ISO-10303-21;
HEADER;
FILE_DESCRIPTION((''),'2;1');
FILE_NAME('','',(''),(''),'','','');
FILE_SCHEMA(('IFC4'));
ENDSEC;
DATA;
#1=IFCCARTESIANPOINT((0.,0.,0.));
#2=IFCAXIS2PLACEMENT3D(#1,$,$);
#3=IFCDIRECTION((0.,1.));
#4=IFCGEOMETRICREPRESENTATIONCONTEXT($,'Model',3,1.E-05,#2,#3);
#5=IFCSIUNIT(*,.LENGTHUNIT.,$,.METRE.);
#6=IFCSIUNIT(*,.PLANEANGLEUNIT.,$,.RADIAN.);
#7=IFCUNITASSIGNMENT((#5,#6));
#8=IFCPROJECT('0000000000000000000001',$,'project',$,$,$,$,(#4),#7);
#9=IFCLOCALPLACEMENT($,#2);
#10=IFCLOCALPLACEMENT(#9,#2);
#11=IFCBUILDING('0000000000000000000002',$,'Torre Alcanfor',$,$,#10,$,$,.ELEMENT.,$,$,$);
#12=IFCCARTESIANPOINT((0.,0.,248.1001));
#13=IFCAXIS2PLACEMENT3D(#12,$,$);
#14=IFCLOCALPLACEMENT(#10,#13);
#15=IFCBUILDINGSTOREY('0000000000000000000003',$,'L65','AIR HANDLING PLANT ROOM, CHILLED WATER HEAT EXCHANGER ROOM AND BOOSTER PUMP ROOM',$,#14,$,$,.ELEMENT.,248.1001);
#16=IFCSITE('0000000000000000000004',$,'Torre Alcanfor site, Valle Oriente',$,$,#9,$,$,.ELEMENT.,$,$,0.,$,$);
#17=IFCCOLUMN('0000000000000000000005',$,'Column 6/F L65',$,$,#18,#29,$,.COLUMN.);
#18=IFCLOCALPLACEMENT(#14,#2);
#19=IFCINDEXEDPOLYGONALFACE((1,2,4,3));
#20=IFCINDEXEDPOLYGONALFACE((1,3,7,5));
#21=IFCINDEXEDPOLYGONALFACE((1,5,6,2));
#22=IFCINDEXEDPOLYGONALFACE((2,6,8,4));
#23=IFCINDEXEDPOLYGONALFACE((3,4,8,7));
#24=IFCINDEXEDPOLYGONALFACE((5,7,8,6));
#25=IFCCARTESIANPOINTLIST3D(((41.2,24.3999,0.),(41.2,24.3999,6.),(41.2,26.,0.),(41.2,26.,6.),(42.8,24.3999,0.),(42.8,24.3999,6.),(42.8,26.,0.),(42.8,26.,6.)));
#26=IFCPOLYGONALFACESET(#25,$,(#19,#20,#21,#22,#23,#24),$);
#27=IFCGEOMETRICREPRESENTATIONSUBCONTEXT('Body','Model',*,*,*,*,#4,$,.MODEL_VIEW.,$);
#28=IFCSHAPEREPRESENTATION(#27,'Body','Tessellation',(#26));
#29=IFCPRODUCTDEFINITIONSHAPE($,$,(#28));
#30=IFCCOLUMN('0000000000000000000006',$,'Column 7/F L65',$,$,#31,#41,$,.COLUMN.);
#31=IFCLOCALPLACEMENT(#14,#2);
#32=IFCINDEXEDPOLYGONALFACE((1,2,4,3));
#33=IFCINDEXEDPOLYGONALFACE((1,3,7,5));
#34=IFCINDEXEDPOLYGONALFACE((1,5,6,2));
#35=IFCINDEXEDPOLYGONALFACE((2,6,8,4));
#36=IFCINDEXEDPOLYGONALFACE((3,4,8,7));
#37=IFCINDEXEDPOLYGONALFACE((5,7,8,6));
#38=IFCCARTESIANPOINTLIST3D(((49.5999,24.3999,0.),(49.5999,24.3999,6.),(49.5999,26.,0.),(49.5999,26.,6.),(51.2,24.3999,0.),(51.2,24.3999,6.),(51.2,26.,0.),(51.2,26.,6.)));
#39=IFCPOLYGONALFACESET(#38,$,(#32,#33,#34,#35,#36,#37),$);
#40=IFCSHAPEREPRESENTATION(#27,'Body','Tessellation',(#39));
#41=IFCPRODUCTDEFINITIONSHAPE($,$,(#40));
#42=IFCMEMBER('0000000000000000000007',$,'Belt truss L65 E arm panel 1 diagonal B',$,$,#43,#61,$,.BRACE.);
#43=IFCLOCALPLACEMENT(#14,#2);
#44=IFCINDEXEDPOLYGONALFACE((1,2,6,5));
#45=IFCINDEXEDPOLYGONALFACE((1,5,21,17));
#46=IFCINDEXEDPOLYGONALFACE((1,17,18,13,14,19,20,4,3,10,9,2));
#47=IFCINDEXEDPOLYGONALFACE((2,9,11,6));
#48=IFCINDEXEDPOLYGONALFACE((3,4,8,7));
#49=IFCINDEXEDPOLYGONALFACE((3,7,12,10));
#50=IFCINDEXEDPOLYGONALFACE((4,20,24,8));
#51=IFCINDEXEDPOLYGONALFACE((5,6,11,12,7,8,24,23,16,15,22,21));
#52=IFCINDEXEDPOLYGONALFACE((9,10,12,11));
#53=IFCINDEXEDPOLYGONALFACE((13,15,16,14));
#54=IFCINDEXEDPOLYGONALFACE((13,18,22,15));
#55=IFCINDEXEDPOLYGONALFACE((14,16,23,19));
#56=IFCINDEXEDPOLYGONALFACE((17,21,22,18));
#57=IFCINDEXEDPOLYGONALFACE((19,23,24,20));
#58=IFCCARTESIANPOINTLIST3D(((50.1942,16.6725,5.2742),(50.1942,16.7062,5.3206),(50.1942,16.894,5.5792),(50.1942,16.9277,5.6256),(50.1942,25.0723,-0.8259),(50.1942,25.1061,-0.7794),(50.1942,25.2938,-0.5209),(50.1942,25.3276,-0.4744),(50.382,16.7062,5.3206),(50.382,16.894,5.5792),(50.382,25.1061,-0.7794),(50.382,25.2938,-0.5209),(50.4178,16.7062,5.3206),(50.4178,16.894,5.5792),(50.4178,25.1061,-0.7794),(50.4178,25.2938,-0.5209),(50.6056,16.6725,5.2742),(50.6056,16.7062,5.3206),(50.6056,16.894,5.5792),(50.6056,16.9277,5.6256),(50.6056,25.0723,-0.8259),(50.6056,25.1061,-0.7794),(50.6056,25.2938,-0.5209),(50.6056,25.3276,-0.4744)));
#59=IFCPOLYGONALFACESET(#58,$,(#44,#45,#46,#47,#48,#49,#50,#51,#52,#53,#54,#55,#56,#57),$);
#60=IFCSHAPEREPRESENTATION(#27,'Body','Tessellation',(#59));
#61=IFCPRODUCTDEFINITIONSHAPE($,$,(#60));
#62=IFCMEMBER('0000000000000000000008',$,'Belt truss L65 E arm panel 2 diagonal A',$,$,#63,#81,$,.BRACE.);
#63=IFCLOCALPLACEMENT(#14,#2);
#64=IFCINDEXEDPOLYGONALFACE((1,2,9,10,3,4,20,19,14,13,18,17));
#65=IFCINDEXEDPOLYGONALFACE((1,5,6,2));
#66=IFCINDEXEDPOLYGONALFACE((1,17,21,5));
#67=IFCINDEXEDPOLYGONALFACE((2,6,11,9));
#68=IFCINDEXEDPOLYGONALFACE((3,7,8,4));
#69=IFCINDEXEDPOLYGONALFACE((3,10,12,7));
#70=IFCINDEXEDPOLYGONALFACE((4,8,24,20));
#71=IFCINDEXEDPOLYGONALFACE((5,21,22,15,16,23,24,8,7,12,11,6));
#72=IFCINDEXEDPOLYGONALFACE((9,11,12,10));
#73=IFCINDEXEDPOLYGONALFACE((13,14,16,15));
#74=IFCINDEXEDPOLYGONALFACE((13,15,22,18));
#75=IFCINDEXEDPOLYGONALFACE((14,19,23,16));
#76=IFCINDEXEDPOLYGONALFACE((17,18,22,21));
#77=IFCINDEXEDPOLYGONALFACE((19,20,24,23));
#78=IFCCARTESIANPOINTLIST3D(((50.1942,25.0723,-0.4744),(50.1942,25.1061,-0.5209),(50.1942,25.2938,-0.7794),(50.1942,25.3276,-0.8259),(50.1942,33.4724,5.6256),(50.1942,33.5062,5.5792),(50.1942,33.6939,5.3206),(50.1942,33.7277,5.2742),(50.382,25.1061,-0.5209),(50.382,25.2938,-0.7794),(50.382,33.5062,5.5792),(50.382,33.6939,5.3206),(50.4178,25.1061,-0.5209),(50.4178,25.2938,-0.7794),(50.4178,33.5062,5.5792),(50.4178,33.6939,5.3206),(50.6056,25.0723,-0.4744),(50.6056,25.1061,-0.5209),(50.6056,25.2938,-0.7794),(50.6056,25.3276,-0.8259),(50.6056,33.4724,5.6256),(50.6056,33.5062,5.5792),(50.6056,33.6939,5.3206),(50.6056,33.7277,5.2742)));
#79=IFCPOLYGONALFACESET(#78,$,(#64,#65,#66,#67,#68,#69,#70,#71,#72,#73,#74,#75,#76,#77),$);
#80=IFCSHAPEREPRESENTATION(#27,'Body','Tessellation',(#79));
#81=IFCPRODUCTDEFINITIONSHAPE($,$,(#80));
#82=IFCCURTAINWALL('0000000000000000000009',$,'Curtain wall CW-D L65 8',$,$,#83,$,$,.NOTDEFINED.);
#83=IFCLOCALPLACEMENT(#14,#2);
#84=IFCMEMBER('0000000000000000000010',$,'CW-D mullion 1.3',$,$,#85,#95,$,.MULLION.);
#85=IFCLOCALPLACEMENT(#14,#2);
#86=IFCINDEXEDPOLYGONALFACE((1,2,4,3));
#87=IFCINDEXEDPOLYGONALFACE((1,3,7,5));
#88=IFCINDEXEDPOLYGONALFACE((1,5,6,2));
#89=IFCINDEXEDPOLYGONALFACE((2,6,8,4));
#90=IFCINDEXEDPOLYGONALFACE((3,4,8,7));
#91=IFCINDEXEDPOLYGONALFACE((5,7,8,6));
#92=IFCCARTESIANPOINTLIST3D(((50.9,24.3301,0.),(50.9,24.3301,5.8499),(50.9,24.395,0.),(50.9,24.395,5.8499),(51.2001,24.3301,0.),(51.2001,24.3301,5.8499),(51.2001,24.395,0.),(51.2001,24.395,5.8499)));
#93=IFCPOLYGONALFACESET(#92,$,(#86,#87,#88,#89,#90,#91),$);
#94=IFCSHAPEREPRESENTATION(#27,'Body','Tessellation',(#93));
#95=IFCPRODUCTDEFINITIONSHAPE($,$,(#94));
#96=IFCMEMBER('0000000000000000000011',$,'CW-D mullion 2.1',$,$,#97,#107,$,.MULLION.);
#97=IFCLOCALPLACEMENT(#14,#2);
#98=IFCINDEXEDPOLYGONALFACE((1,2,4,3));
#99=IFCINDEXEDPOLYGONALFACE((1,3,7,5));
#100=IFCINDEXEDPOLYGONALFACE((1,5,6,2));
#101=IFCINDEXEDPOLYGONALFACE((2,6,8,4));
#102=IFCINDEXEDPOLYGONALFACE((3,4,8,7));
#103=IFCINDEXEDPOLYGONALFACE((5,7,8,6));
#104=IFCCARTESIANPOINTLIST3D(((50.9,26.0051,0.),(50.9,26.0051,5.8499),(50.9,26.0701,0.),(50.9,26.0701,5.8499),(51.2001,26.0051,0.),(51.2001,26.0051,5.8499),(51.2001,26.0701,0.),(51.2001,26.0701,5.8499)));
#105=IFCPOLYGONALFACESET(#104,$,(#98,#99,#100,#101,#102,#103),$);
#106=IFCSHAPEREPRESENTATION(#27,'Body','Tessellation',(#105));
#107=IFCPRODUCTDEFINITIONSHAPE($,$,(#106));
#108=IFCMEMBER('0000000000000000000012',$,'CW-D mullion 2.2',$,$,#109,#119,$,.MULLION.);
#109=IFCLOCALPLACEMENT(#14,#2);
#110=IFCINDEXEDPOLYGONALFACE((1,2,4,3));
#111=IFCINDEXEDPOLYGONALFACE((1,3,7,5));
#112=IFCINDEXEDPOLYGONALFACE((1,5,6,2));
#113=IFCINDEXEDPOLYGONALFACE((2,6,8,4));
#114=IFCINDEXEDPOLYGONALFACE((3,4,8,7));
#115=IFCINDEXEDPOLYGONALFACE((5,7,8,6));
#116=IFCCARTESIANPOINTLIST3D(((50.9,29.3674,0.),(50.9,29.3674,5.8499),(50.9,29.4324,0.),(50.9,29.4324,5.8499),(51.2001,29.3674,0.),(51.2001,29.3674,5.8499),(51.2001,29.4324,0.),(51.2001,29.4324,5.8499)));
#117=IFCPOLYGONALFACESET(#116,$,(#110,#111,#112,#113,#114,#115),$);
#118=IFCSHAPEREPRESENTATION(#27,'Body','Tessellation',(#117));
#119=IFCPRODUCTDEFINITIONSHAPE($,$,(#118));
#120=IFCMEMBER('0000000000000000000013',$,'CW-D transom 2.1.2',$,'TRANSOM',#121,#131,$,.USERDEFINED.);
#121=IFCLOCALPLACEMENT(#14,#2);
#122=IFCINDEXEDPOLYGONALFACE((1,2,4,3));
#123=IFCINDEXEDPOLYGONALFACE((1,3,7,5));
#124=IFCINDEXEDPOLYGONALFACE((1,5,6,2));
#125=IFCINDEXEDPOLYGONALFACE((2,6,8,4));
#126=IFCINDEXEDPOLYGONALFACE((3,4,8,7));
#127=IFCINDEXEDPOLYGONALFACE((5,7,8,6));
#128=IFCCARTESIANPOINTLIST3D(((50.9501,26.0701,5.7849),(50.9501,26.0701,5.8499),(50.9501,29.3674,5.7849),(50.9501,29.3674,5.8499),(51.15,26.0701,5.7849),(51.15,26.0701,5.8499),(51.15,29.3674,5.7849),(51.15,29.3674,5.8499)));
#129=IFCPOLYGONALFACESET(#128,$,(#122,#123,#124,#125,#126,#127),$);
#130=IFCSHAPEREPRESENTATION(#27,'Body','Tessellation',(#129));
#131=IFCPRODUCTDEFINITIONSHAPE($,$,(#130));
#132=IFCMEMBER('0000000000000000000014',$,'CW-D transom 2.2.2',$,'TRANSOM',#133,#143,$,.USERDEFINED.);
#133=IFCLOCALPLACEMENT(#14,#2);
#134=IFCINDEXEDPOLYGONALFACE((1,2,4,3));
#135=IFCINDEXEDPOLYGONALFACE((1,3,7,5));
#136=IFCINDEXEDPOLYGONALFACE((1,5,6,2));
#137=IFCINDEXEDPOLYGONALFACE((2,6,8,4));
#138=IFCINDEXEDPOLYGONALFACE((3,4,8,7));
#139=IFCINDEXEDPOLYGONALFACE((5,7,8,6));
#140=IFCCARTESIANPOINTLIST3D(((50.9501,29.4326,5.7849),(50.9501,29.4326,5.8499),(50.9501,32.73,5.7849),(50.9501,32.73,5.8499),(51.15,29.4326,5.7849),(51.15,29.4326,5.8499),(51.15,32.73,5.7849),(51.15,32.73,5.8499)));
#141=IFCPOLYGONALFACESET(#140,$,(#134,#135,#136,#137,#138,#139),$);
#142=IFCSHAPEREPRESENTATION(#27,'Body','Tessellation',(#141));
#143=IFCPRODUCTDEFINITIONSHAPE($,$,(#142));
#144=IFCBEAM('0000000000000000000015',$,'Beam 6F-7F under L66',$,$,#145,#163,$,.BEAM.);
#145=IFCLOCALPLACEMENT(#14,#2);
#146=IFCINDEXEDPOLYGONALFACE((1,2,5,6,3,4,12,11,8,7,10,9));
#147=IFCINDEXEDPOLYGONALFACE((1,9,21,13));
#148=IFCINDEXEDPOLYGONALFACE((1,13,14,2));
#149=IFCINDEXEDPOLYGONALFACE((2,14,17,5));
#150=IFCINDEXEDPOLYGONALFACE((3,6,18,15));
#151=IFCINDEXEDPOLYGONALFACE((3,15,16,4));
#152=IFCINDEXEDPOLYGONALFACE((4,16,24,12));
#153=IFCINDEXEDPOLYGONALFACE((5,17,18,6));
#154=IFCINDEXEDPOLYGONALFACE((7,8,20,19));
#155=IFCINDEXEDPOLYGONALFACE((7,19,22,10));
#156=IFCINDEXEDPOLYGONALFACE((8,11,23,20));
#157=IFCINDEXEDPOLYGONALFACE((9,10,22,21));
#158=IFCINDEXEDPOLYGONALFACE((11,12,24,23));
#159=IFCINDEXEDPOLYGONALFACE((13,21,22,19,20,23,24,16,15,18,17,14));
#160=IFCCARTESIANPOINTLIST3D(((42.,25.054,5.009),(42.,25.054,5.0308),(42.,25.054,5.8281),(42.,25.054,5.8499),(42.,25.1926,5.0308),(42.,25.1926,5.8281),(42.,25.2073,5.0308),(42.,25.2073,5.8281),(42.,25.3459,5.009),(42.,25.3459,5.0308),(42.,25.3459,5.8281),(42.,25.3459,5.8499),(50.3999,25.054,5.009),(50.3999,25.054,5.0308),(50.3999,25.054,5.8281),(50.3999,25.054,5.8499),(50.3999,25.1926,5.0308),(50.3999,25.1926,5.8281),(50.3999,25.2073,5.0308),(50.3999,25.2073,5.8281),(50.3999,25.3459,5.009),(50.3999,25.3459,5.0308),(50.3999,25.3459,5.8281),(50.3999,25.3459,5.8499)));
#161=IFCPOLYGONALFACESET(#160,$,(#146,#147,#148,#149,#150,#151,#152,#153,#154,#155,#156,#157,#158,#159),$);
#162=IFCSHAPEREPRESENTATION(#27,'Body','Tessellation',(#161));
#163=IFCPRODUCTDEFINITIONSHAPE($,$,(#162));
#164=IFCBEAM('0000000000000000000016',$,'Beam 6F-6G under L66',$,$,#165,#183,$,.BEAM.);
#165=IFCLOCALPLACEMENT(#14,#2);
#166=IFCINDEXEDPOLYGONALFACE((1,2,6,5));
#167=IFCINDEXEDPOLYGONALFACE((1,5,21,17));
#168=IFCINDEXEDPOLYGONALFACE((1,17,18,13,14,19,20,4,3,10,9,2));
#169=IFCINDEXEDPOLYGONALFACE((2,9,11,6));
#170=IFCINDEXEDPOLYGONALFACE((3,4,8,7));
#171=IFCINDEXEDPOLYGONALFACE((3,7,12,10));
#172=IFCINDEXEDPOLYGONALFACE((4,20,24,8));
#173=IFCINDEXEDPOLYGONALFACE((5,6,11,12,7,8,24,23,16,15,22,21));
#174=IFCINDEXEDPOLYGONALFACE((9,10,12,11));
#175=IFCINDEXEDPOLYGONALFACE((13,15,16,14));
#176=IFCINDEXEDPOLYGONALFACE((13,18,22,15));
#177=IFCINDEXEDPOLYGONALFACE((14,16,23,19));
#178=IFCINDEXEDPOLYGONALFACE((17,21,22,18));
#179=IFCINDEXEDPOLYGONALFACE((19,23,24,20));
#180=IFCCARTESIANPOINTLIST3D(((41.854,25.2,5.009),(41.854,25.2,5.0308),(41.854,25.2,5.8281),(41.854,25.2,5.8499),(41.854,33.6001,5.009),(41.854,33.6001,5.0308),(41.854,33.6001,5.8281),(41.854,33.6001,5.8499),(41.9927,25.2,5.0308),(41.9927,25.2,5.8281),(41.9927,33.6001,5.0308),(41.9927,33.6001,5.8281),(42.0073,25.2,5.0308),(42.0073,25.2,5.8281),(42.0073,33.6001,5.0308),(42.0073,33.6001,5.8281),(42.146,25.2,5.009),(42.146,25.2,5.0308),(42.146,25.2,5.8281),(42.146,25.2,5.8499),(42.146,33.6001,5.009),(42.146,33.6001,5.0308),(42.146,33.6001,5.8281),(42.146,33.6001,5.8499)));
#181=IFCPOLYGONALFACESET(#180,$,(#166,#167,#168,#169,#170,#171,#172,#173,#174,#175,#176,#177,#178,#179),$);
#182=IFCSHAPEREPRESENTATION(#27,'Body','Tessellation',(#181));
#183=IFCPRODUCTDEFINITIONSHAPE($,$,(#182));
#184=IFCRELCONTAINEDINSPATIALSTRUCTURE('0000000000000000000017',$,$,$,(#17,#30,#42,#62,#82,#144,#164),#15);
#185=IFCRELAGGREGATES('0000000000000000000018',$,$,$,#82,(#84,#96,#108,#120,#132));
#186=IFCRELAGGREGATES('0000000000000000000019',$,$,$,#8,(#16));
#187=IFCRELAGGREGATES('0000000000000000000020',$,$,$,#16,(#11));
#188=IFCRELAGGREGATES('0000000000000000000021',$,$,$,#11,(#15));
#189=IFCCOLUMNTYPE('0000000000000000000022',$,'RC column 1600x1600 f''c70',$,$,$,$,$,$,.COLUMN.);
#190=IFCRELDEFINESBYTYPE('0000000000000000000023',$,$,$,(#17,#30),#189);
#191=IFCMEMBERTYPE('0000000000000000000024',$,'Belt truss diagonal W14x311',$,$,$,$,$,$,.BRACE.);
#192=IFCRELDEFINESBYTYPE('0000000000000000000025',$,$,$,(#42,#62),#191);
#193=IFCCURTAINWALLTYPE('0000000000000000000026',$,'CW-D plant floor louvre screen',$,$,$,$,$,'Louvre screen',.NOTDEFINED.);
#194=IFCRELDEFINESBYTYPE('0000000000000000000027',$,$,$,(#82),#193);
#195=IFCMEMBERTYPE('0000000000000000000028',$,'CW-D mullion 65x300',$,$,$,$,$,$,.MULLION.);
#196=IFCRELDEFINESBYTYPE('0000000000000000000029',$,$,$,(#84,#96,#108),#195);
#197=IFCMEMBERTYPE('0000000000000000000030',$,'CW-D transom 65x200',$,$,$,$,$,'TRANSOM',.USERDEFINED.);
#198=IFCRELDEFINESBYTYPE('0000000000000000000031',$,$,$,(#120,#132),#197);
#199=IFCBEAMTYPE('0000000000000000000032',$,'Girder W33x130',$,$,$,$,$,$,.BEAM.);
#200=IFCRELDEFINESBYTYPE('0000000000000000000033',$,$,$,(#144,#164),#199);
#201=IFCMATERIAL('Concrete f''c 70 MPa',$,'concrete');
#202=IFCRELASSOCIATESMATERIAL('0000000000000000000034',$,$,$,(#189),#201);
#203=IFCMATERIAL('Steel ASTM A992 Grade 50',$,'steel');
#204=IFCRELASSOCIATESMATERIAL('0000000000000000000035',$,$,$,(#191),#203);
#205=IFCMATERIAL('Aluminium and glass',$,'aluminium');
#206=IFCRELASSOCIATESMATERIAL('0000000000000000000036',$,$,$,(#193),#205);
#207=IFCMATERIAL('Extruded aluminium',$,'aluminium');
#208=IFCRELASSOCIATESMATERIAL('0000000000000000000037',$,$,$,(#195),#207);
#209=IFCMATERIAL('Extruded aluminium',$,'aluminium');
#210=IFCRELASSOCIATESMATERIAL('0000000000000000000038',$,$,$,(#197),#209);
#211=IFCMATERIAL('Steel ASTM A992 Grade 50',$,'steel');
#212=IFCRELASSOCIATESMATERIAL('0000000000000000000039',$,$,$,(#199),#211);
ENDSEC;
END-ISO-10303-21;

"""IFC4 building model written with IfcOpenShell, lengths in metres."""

from ifc_helpers import new_model, si_unit, direction, frame, origin, origin_2d, place, context, subcontext, project, spatial, rectangle, i_section, extrude, material, material_profile, profile_set, type_object, element, aggregate, save


model = new_model("IFC4")

# Units and contexts
model_context = context("Model", 3, precision=1e-05, world=origin(), true_north=direction((0.0, 1.0)))
body_context = subcontext(model_context, "Body", "Model", "MODEL_VIEW")
ifc_project = project(units=[si_unit("LENGTHUNIT", "METRE"), si_unit("PLANEANGLEUNIT", "RADIAN")], contexts=[model_context])

# Site, building, storey
site_placement = place(None, origin())
site = spatial("IfcSite", under=ifc_project, at=site_placement, Name="Torre Alcanfor site, Valle Oriente", CompositionType="ELEMENT", RefElevation=0.0)
building_placement = place(site_placement, origin())
building = spatial("IfcBuilding", under=site, at=building_placement, Name="Torre Alcanfor", CompositionType="ELEMENT")
storey_placement = place(building_placement, frame((0.0, 0.0, 248.1001)))
storey = spatial("IfcBuildingStorey", under=building, at=storey_placement, Name="L65", Description="AIR HANDLING PLANT ROOM, CHILLED WATER HEAT EXCHANGER ROOM AND BOOSTER PUMP ROOM", CompositionType="ELEMENT", Elevation=248.1001)

# Columns
ifc_material_1 = material(Name="Concrete f'c 70 MPa", Category="concrete")
ifc_material_profile_1 = material_profile(ifc_material_1, rectangle(XDim=1.6001, YDim=1.6001, at=origin_2d()), Name="1600x1600")
ifc_profile_set_1 = profile_set([ifc_material_profile_1], Name="Concrete f'c 70 MPa")
column_type = type_object("IfcColumnType", Name="RC column 1600x1600 f'c70", PredefinedType="COLUMN", material=ifc_profile_set_1)
for number, where, z_axis, x_axis, name in (
    (1, (42.0, 25.2, 0.0), (0.0, 0.0, 1.0), (1.0, 0.0, 0.0), "Column 6/F L65"),
    (2, (50.3999, 25.2, 0.0), (0.0, 0.0, 1.0), (1.0, 0.0, 0.0), "Column 7/F L65"),
):
    element("IfcColumn", number, at=place(storey_placement, frame(where, z_axis=z_axis, x_axis=x_axis)), inside=storey, type_object=column_type, Name=name, PredefinedType="COLUMN", context=body_context, shape_type="SweptSolid", body=[
        extrude(rectangle(XDim=1.6001, YDim=1.6001, at=origin_2d()), origin(), (0.0, 0.0, 1.0), 6.0),
    ])

# Members
ifc_material_2 = material(Name="Steel ASTM A992 Grade 50", Category="steel")
ifc_material_profile_2 = material_profile(ifc_material_2, i_section(OverallWidth=0.4114, OverallDepth=0.4343, WebThickness=0.0359, FlangeThickness=0.0574, at=origin_2d()), Name="W14x311")
ifc_profile_set_2 = profile_set([ifc_material_profile_2], Name="Steel ASTM A992 Grade 50")
member_type_1 = type_object("IfcMemberType", Name="Belt truss diagonal W14x311", PredefinedType="BRACE", material=ifc_profile_set_2)
member_1_placement = place(storey_placement, frame((50.3999, 25.2, -0.6501), z_axis=(0.0, -0.809145, 0.587609), x_axis=(1.0, 0.0, 0.0)))
element("IfcMember", 3, at=member_1_placement, inside=storey, type_object=member_type_1, Name="Belt truss L65 E arm panel 1 diagonal B", PredefinedType="BRACE", context=body_context, shape_type="SweptSolid", body=[
    extrude(i_section(OverallWidth=0.4114, OverallDepth=0.4343, WebThickness=0.0359, FlangeThickness=0.0574, at=origin_2d()), origin(), (0.0, 0.0, 1.0), 10.3811),
])
member_2_placement = place(storey_placement, frame((50.3999, 25.2, -0.6501), z_axis=(0.0, 0.809153, 0.587598), x_axis=(-1.0, 0.0, 0.0)))
element("IfcMember", 4, at=member_2_placement, inside=storey, type_object=member_type_1, Name="Belt truss L65 E arm panel 2 diagonal A", PredefinedType="BRACE", context=body_context, shape_type="SweptSolid", body=[
    extrude(i_section(OverallWidth=0.4114, OverallDepth=0.4343, WebThickness=0.0359, FlangeThickness=0.0574, at=origin_2d()), origin(), (0.0, 0.0, 1.0), 10.3813),
])

# Curtain wall, members
ifc_material_3 = material(Name="Aluminium and glass", Category="aluminium")
curtain_wall_type = type_object("IfcCurtainWallType", Name="CW-D plant floor louvre screen", ElementType="Louvre screen", PredefinedType="NOTDEFINED", material=ifc_material_3)
curtain_wall_placement = place(storey_placement, origin())
curtain_wall = element("IfcCurtainWall", 5, at=curtain_wall_placement, inside=storey, type_object=curtain_wall_type, Name="Curtain wall CW-D L65 8", PredefinedType="NOTDEFINED")
ifc_material_4 = material(Name="Extruded aluminium", Category="aluminium")
ifc_material_profile_3 = material_profile(ifc_material_4, rectangle(XDim=0.3, YDim=0.0649, at=origin_2d()), Name="CW-D mullion 65x300")
ifc_profile_set_3 = profile_set([ifc_material_profile_3], Name="Extruded aluminium")
member_type_2 = type_object("IfcMemberType", Name="CW-D mullion 65x300", PredefinedType="MULLION", material=ifc_profile_set_3)
member_3_placement = place(storey_placement, frame((51.05, 24.3625, 0.0), z_axis=(0.0, 0.0, 1.0), x_axis=(-1.0, 0.0, 0.0)))
member_3 = element("IfcMember", 6, at=member_3_placement, type_object=member_type_2, Name="CW-D mullion 1.3", PredefinedType="MULLION", context=body_context, shape_type="SweptSolid", body=[
    extrude(rectangle(XDim=0.3, YDim=0.0649, at=origin_2d()), origin(), (0.0, 0.0, 1.0), 5.8499),
])
member_4_placement = place(storey_placement, frame((51.05, 26.0376, 0.0), z_axis=(0.0, 0.0, 1.0), x_axis=(-1.0, 0.0, 0.0)))
member_4 = element("IfcMember", 7, at=member_4_placement, type_object=member_type_2, Name="CW-D mullion 2.1", PredefinedType="MULLION", context=body_context, shape_type="SweptSolid", body=[
    extrude(rectangle(XDim=0.3, YDim=0.0649, at=origin_2d()), origin(), (0.0, 0.0, 1.0), 5.8499),
])
member_5_placement = place(storey_placement, frame((51.05, 29.3999, 0.0), z_axis=(0.0, 0.0, 1.0), x_axis=(-1.0, 0.0, 0.0)))
member_5 = element("IfcMember", 8, at=member_5_placement, type_object=member_type_2, Name="CW-D mullion 2.2", PredefinedType="MULLION", context=body_context, shape_type="SweptSolid", body=[
    extrude(rectangle(XDim=0.3, YDim=0.0649, at=origin_2d()), origin(), (0.0, 0.0, 1.0), 5.8499),
])
ifc_material_5 = material(Name="Extruded aluminium", Category="aluminium")
ifc_material_profile_4 = material_profile(ifc_material_5, rectangle(XDim=0.2, YDim=0.0649, at=origin_2d()), Name="CW-D transom 200x65")
ifc_profile_set_4 = profile_set([ifc_material_profile_4], Name="Extruded aluminium")
member_type_3 = type_object("IfcMemberType", Name="CW-D transom 65x200", ElementType="TRANSOM", PredefinedType="USERDEFINED", material=ifc_profile_set_4)
member_6_placement = place(storey_placement, frame((51.05, 26.0701, 5.8174), z_axis=(0.0, 1.0, 0.0), x_axis=(-1.0, 0.0, 0.0)))
member_6 = element("IfcMember", 9, at=member_6_placement, type_object=member_type_3, Name="CW-D transom 2.1.2", ObjectType="TRANSOM", PredefinedType="USERDEFINED", context=body_context, shape_type="SweptSolid", body=[
    extrude(rectangle(XDim=0.2, YDim=0.0649, at=origin_2d()), origin(), (0.0, 0.0, 1.0), 3.2974),
])
member_7_placement = place(storey_placement, frame((51.05, 29.4326, 5.8174), z_axis=(0.0, 1.0, 0.0), x_axis=(-1.0, 0.0, 0.0)))
member_7 = element("IfcMember", 10, at=member_7_placement, type_object=member_type_3, Name="CW-D transom 2.2.2", ObjectType="TRANSOM", PredefinedType="USERDEFINED", context=body_context, shape_type="SweptSolid", body=[
    extrude(rectangle(XDim=0.2, YDim=0.0649, at=origin_2d()), origin(), (0.0, 0.0, 1.0), 3.2974),
])

# Beams
ifc_material_6 = material(Name="Steel ASTM A992 Grade 50", Category="steel")
ifc_material_profile_5 = material_profile(ifc_material_6, i_section(OverallWidth=0.292, OverallDepth=0.8408, WebThickness=0.0146, FlangeThickness=0.0217, at=origin_2d()), Name="W33x130")
ifc_profile_set_5 = profile_set([ifc_material_profile_5], Name="Steel ASTM A992 Grade 50")
beam_type_1 = type_object("IfcBeamType", Name="Girder W33x130", PredefinedType="BEAM", material=ifc_profile_set_5)
beam_1_placement = place(storey_placement, frame((42.0, 25.2, 5.4294), z_axis=(1.0, 0.0, 0.0), x_axis=(0.0, 1.0, 0.0)))
element("IfcBeam", 11, at=beam_1_placement, inside=storey, type_object=beam_type_1, Name="Beam 6F-7F under L66", PredefinedType="BEAM", context=body_context, shape_type="SweptSolid", body=[
    extrude(i_section(OverallWidth=0.292, OverallDepth=0.8408, WebThickness=0.0146, FlangeThickness=0.0217, at=origin_2d()), origin(), (0.0, 0.0, 1.0), 8.3999),
])
beam_2_placement = place(storey_placement, frame((42.0, 25.2, 5.4294), z_axis=(0.0, 1.0, 0.0), x_axis=(-1.0, 0.0, 0.0)))
element("IfcBeam", 12, at=beam_2_placement, inside=storey, type_object=beam_type_1, Name="Beam 6F-6G under L66", PredefinedType="BEAM", context=body_context, shape_type="SweptSolid", body=[
    extrude(i_section(OverallWidth=0.292, OverallDepth=0.8408, WebThickness=0.0146, FlangeThickness=0.0217, at=origin_2d()), origin(), (0.0, 0.0, 1.0), 8.4001),
])

aggregate(curtain_wall, [member_3, member_4, member_5, member_6, member_7])

save(model, "model.ifc")
